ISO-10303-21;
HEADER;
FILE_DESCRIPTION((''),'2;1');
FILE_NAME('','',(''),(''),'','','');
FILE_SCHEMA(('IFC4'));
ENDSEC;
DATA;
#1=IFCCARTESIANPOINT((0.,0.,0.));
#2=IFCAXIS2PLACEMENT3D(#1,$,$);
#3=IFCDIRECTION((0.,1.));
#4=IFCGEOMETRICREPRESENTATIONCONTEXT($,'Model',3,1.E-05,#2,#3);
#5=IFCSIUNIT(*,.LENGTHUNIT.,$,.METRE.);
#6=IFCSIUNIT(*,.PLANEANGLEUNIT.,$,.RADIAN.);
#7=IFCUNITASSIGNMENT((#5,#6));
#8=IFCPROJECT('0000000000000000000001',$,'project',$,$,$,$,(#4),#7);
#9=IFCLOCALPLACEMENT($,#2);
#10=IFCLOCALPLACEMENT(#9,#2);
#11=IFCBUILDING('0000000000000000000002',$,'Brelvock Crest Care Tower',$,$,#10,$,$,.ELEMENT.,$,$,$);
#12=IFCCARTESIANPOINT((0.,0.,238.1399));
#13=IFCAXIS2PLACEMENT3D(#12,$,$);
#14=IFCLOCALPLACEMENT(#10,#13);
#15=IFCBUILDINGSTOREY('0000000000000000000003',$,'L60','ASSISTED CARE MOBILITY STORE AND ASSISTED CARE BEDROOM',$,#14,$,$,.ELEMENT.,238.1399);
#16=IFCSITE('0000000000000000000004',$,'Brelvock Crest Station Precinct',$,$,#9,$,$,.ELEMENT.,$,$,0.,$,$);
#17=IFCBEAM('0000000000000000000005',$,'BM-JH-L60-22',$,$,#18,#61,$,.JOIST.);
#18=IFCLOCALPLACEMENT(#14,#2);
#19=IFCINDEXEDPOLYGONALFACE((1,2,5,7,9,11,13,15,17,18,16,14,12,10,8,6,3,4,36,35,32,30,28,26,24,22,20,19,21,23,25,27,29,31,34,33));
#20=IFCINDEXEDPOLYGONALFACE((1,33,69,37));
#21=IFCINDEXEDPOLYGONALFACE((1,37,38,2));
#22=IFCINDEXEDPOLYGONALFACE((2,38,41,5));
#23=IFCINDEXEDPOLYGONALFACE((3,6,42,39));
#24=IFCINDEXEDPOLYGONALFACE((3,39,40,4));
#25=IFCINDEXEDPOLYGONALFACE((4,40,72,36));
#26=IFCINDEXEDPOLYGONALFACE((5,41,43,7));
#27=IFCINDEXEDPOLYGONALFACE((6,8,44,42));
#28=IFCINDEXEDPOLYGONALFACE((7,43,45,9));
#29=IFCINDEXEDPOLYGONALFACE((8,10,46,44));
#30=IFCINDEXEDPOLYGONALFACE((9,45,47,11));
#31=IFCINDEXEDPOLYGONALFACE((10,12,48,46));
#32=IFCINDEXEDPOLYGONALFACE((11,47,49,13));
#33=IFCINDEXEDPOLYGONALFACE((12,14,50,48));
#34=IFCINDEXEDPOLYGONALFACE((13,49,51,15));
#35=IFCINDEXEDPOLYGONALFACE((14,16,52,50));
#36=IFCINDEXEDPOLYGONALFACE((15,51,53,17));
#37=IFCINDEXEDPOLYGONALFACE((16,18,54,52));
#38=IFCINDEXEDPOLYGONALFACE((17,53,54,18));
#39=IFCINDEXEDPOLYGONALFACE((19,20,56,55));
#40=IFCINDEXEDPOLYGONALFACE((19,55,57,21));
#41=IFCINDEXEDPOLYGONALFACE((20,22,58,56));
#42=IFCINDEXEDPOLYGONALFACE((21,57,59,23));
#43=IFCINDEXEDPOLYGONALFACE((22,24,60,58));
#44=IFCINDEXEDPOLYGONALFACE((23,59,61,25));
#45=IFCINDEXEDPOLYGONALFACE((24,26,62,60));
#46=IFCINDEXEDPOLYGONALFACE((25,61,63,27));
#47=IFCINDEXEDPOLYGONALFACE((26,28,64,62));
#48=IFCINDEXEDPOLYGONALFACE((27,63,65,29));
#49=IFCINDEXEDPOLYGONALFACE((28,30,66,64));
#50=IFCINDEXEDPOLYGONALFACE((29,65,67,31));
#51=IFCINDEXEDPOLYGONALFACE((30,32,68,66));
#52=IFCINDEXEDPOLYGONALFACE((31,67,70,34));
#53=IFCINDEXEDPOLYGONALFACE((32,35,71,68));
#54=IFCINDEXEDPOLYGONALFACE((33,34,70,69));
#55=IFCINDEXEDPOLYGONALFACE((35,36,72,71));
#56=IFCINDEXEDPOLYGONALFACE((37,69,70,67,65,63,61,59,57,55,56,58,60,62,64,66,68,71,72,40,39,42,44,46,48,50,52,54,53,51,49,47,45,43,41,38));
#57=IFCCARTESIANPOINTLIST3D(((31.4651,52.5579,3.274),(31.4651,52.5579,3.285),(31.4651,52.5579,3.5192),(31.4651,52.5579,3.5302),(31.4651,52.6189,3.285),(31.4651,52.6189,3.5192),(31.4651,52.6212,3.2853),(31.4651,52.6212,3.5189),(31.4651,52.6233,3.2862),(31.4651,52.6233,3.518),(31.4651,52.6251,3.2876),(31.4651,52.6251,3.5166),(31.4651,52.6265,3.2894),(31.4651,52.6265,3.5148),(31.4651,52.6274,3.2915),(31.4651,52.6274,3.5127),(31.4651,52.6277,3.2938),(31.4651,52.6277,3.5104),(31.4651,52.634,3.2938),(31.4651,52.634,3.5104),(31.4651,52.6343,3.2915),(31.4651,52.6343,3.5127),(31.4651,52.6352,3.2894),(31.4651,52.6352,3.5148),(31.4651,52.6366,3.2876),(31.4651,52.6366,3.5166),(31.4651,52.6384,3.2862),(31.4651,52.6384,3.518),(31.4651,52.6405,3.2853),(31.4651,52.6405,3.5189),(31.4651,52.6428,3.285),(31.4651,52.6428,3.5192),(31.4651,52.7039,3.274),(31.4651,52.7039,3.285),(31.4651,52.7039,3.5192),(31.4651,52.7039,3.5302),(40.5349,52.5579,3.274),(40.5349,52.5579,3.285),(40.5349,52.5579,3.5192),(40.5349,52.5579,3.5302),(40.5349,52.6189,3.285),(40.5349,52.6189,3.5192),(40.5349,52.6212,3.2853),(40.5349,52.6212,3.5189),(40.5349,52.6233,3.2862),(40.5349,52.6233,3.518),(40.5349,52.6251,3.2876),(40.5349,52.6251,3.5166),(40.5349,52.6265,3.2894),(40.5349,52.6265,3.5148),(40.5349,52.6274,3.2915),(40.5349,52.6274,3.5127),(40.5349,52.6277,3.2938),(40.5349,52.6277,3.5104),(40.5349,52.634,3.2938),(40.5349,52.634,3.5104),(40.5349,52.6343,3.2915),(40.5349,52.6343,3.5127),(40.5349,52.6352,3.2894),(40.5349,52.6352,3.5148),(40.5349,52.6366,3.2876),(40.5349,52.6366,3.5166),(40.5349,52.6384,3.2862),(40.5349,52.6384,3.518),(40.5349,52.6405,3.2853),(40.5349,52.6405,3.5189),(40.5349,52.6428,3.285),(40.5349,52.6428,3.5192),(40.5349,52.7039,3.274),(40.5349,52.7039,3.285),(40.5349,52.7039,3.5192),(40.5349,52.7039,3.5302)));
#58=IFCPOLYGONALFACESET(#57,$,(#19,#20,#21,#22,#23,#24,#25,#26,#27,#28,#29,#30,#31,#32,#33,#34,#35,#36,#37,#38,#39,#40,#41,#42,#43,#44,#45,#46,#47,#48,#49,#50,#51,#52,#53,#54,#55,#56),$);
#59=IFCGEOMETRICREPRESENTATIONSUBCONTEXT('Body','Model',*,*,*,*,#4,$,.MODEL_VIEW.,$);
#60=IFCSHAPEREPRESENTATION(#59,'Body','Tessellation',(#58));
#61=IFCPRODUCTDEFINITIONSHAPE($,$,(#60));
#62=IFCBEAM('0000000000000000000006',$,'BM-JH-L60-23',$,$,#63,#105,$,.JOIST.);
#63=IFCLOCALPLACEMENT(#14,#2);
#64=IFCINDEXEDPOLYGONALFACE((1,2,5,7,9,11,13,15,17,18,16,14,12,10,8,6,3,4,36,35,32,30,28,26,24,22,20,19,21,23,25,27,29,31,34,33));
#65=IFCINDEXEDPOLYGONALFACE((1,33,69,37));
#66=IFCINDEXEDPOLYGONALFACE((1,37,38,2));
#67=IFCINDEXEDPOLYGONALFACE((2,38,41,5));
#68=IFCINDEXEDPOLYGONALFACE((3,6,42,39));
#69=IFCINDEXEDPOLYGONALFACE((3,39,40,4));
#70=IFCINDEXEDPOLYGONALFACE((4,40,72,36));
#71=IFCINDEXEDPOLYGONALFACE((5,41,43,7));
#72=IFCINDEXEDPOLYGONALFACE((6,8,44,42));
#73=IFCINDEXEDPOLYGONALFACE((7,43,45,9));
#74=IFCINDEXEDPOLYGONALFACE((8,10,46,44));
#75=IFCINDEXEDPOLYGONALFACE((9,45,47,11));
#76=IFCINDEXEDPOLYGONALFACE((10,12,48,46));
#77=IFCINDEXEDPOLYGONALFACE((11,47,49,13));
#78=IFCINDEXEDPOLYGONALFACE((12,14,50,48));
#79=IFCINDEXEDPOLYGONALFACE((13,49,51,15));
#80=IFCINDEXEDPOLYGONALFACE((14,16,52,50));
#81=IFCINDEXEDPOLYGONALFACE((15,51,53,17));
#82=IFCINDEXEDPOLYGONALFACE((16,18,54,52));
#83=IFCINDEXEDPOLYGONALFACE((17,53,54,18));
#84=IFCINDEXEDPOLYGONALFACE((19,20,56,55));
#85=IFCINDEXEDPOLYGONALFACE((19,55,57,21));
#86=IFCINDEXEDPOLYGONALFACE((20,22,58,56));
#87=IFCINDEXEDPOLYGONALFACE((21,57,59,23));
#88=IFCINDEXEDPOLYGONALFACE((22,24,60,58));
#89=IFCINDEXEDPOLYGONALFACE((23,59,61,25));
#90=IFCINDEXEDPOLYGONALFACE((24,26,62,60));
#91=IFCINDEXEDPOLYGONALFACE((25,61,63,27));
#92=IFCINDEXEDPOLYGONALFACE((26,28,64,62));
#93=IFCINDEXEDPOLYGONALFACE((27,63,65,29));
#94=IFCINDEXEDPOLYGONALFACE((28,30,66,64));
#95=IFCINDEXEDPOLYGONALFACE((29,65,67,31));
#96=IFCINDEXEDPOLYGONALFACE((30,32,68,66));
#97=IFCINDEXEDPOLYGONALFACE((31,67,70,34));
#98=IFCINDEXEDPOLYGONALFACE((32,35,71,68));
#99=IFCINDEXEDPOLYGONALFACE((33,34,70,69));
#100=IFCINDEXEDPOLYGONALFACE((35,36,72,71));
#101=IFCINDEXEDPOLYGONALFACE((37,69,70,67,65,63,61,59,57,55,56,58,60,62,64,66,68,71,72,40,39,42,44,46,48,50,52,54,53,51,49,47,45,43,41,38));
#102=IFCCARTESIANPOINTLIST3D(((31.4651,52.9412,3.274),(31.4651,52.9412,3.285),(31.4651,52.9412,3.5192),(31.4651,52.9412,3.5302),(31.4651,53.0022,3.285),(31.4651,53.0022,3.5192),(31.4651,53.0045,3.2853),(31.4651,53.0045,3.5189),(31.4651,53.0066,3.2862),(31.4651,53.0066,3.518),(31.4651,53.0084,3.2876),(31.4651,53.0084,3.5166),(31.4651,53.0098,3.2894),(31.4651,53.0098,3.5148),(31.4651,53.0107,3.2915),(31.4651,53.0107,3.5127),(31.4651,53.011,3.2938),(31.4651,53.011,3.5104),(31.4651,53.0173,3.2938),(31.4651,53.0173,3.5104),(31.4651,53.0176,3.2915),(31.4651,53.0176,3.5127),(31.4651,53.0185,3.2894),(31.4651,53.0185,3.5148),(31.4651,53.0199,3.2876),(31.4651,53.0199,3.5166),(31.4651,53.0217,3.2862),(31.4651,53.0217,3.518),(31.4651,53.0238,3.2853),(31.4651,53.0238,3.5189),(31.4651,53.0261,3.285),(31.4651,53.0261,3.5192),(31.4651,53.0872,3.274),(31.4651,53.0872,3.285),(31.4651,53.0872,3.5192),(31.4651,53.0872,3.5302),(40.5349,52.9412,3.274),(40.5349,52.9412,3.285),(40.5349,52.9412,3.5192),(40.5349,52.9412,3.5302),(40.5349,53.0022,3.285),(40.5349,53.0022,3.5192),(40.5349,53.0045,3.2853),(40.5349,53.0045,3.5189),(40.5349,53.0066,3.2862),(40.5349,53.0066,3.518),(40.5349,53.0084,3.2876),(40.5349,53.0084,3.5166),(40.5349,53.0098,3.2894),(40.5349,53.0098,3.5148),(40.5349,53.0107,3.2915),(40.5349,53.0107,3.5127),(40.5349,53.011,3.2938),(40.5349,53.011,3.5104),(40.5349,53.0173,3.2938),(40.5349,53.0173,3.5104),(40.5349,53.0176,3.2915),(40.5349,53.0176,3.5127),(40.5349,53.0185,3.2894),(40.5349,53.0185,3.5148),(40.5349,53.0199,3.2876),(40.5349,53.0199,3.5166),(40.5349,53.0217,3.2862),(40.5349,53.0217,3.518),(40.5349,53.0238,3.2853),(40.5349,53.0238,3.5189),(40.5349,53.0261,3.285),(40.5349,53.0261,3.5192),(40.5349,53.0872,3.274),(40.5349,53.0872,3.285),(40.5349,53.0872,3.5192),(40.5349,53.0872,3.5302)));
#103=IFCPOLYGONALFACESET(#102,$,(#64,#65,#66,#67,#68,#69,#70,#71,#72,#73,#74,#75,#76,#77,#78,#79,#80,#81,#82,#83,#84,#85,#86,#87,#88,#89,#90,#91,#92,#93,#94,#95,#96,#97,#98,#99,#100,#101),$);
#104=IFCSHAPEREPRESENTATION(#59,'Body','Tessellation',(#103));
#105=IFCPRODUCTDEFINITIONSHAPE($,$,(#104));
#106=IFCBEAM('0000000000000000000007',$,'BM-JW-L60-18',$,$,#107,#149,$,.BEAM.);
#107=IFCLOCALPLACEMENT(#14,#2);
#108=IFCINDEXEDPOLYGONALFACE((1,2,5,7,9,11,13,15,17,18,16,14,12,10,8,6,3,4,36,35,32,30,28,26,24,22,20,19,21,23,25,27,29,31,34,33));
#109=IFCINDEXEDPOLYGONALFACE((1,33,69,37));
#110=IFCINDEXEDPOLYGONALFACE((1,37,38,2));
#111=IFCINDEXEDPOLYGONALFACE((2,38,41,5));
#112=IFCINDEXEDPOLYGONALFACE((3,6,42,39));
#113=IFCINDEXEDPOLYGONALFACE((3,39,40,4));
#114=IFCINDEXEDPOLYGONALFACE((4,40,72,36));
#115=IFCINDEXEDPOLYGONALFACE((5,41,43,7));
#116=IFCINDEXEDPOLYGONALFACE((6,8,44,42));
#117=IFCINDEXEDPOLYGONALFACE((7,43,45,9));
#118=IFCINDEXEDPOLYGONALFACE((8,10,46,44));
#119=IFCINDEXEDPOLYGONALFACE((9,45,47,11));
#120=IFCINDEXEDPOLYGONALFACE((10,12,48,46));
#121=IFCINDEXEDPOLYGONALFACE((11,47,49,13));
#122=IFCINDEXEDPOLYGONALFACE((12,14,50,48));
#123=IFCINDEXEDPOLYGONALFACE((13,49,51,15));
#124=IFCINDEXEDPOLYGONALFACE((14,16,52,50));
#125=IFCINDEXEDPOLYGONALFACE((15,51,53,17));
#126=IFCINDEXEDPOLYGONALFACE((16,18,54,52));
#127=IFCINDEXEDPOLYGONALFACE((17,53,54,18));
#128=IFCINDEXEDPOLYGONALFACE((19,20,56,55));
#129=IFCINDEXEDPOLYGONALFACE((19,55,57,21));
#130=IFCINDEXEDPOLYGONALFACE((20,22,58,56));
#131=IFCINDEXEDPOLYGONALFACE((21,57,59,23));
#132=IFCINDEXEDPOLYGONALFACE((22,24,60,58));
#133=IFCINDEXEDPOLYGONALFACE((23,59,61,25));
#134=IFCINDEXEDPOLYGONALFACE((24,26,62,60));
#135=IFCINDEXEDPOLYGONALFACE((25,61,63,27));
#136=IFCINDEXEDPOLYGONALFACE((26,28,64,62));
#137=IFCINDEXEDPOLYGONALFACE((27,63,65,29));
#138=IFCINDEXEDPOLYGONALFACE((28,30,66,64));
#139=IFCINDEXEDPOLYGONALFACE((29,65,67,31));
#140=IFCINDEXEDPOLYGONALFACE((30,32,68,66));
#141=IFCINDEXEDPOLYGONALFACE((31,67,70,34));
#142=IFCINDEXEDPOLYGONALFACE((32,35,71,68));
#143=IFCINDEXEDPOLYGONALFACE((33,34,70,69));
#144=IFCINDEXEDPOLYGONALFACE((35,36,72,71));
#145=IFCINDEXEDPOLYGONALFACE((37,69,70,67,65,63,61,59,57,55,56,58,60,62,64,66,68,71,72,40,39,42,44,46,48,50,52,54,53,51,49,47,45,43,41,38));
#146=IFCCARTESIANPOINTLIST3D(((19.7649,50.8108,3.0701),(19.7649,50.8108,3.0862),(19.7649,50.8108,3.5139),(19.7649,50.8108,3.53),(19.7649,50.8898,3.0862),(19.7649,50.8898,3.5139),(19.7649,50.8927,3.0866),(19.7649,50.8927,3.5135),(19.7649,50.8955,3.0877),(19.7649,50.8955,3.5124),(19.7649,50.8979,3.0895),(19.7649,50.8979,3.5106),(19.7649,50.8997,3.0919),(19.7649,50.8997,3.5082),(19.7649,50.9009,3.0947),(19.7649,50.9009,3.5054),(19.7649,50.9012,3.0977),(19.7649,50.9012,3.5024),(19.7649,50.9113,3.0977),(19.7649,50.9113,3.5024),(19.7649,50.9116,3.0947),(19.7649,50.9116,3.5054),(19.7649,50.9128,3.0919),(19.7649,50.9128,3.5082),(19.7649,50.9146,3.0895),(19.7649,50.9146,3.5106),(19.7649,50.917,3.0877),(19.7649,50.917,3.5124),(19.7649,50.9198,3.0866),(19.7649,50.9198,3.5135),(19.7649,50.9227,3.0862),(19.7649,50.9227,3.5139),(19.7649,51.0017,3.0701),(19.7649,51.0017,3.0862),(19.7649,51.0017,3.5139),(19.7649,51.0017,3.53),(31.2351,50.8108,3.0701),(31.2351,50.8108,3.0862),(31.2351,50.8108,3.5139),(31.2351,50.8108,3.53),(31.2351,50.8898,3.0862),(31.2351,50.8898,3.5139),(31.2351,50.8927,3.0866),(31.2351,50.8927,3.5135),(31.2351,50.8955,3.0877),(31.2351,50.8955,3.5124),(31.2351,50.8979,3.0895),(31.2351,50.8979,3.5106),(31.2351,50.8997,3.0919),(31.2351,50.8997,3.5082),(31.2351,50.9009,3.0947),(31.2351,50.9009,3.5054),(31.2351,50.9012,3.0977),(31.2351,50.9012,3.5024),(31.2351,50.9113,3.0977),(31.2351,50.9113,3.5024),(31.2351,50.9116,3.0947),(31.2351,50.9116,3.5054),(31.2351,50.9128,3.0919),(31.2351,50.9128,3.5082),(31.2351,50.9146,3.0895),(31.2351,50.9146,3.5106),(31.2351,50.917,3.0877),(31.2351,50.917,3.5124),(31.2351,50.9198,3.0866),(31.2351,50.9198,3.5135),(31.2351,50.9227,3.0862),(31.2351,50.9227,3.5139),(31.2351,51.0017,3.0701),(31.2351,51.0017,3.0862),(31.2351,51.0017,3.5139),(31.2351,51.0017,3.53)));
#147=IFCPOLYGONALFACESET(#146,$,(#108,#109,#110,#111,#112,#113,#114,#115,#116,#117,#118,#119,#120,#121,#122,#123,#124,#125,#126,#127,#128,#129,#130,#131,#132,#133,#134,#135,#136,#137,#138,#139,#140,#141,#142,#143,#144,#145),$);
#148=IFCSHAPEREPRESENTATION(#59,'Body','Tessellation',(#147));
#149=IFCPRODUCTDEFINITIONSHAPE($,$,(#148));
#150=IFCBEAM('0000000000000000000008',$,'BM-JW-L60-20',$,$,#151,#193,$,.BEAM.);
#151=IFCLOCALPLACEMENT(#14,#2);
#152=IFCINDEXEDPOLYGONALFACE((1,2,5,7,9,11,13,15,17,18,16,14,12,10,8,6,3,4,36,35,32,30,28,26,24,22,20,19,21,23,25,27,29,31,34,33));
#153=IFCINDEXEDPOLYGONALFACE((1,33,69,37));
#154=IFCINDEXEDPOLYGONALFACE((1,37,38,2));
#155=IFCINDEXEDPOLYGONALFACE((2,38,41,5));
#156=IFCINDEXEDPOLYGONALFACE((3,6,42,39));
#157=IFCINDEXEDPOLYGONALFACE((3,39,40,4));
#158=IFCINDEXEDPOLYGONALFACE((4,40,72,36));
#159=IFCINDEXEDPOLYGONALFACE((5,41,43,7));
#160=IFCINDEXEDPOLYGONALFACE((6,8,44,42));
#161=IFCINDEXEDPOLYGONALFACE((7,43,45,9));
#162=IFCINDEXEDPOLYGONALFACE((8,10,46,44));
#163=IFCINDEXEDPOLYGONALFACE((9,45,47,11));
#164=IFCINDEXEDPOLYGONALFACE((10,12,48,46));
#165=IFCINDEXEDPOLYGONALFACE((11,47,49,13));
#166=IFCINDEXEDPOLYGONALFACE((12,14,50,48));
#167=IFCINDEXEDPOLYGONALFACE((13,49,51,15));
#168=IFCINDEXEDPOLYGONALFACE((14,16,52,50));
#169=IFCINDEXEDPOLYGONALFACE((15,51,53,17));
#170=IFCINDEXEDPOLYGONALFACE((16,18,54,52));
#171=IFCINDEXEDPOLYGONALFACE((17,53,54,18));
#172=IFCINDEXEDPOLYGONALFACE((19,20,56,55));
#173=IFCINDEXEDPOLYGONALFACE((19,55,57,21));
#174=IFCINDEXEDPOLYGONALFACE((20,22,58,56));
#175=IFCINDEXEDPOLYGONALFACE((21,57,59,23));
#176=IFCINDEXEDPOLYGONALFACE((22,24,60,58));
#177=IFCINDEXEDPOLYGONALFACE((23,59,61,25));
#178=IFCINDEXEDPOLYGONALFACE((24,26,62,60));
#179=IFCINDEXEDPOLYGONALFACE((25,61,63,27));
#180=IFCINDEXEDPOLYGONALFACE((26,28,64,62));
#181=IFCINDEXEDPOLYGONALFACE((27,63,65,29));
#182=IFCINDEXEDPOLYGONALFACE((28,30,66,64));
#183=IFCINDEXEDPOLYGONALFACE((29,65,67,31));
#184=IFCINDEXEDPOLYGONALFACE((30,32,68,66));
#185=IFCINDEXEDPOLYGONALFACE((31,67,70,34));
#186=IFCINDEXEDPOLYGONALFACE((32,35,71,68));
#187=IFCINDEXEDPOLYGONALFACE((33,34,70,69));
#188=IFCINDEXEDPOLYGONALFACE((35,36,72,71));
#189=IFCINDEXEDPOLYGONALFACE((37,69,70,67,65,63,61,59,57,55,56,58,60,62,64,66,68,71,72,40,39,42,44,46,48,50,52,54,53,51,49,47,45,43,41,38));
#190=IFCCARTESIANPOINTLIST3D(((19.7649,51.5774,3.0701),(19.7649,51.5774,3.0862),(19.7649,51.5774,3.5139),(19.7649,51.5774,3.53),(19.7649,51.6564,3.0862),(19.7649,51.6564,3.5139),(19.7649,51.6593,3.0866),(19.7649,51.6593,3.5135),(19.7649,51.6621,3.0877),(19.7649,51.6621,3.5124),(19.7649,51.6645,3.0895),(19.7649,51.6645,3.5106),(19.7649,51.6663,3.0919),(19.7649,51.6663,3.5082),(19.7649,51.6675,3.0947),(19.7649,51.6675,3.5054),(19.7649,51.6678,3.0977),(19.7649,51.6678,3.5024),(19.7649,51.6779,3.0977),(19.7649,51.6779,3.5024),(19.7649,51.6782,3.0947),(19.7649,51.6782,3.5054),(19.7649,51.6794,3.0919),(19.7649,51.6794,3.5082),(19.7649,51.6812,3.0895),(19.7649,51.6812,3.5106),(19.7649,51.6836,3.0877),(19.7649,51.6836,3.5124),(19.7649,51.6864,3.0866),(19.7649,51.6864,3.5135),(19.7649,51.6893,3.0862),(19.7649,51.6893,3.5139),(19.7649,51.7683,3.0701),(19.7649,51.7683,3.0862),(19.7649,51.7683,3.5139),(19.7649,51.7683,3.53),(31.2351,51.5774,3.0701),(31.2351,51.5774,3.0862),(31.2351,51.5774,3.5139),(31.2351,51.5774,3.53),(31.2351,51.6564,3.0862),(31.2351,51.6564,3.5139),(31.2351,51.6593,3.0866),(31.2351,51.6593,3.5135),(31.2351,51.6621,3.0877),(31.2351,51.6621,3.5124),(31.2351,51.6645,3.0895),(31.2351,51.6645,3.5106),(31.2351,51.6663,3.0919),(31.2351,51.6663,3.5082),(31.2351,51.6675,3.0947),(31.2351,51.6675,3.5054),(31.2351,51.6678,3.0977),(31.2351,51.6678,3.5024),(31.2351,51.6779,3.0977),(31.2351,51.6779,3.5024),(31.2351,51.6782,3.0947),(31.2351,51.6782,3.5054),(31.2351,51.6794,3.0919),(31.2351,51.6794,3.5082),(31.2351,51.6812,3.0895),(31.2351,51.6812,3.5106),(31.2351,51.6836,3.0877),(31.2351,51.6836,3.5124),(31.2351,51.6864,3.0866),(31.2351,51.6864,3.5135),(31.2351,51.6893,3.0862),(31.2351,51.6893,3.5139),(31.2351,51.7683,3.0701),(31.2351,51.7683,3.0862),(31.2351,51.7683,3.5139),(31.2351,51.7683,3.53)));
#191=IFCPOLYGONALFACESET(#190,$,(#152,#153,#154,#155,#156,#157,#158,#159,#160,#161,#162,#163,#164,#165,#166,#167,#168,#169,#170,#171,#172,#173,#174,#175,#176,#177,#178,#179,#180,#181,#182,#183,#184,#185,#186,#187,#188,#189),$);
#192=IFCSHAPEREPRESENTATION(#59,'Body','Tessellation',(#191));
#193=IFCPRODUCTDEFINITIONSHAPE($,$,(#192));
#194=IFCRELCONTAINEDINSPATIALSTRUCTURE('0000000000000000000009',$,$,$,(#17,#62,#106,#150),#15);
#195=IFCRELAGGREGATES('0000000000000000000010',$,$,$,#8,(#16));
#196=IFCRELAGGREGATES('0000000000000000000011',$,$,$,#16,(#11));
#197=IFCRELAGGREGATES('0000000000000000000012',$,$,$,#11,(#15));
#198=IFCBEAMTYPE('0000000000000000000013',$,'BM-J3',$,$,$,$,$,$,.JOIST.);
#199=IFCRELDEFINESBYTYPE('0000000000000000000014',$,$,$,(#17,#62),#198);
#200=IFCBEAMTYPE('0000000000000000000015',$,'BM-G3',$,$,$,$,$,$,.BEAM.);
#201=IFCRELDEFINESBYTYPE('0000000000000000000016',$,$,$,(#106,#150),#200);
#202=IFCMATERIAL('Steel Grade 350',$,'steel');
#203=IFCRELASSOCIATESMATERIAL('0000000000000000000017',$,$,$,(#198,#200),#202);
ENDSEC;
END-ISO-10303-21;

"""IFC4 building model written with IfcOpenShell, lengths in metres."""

from ifc_helpers import new_model, si_unit, direction, frame, origin, origin_2d, place, context, subcontext, project, spatial, i_section, extrude, source, transform, mapped, material, material_profile, profile_set, type_object, element, save


model = new_model("IFC4")

# Units and contexts
model_context = context("Model", 3, precision=1e-05, world=origin(), true_north=direction((0.0, 1.0)))
body_context = subcontext(model_context, "Body", "Model", "MODEL_VIEW")
ifc_project = project(units=[si_unit("LENGTHUNIT", "METRE"), si_unit("PLANEANGLEUNIT", "RADIAN")], contexts=[model_context])

# Site, building, storey
site_placement = place(None, origin())
site = spatial("IfcSite", under=ifc_project, at=site_placement, Name="Brelvock Crest Station Precinct", CompositionType="ELEMENT", RefElevation=0.0)
building_placement = place(site_placement, origin())
building = spatial("IfcBuilding", under=site, at=building_placement, Name="Brelvock Crest Care Tower", CompositionType="ELEMENT")
storey_placement = place(building_placement, frame((0.0, 0.0, 238.1399)))
storey = spatial("IfcBuildingStorey", under=building, at=storey_placement, Name="L60", Description="ASSISTED CARE MOBILITY STORE AND ASSISTED CARE BEDROOM", CompositionType="ELEMENT", Elevation=238.1399)

# Beams
ifc_material_1 = material(Name="Steel Grade 350", Category="steel")
ifc_material_profile_1 = material_profile(ifc_material_1, i_section(OverallWidth=0.146, OverallDepth=0.2561, WebThickness=0.0063, FlangeThickness=0.011, FilletRadius=0.0088, at=origin_2d()), Name="250UB37.3")
ifc_profile_set_1 = profile_set([ifc_material_profile_1], Name="Steel Grade 350")
beam_type_1 = type_object("IfcBeamType", Name="BM-J3", PredefinedType="JOIST", material=ifc_profile_set_1)
shared_shape_1 = source(origin(), body_context, "Body", "SweptSolid", [
    extrude(i_section(OverallWidth=0.146, OverallDepth=0.2561, WebThickness=0.0063, FlangeThickness=0.011, FilletRadius=0.0088, at=origin_2d()), origin(), (0.0, 0.0, 1.0), 9.0698),
])
for number, where, z_axis, x_axis, name in (
    (1, (31.4651, 52.6309, 3.4021), (1.0, 0.0, 0.0), (0.0, 1.0, 0.0), "BM-JH-L60-22"),
    (2, (31.4651, 53.0142, 3.4021), (1.0, 0.0, 0.0), (0.0, 1.0, 0.0), "BM-JH-L60-23"),
):
    element("IfcBeam", number, at=place(storey_placement, frame(where, z_axis=z_axis, x_axis=x_axis)), inside=storey, type_object=beam_type_1, Name=name, PredefinedType="JOIST", context=body_context, shape_type="MappedRepresentation", body=[
        mapped(shared_shape_1, transform((0.0, 0.0, 0.0), x_axis=(1.0, 0.0, 0.0), y_axis=(0.0, 1.0, 0.0), z_axis=(0.0, 0.0, 1.0), scale=1.0)),
    ])
ifc_material_profile_2 = material_profile(ifc_material_1, i_section(OverallWidth=0.1909, OverallDepth=0.46, WebThickness=0.01, FlangeThickness=0.0161, FilletRadius=0.0115, at=origin_2d()), Name="460UB82.1")
ifc_profile_set_2 = profile_set([ifc_material_profile_2], Name="Steel Grade 350")
beam_type_2 = type_object("IfcBeamType", Name="BM-G3", PredefinedType="BEAM", material=ifc_profile_set_2)
shared_shape_2 = source(origin(), body_context, "Body", "SweptSolid", [
    extrude(i_section(OverallWidth=0.1909, OverallDepth=0.46, WebThickness=0.01, FlangeThickness=0.0161, FilletRadius=0.0115, at=origin_2d()), origin(), (0.0, 0.0, 1.0), 11.4702),
])
for number, where, z_axis, x_axis, name in (
    (3, (19.7649, 50.9062, 3.3), (1.0, 0.0, 0.0), (0.0, 1.0, 0.0), "BM-JW-L60-18"),
    (4, (19.7649, 51.6729, 3.3), (1.0, 0.0, 0.0), (0.0, 1.0, 0.0), "BM-JW-L60-20"),
):
    element("IfcBeam", number, at=place(storey_placement, frame(where, z_axis=z_axis, x_axis=x_axis)), inside=storey, type_object=beam_type_2, Name=name, PredefinedType="BEAM", context=body_context, shape_type="MappedRepresentation", body=[
        mapped(shared_shape_2, transform((0.0, 0.0, 0.0), x_axis=(1.0, 0.0, 0.0), y_axis=(0.0, 1.0, 0.0), z_axis=(0.0, 0.0, 1.0), scale=1.0)),
    ])

save(model, "model.ifc")
